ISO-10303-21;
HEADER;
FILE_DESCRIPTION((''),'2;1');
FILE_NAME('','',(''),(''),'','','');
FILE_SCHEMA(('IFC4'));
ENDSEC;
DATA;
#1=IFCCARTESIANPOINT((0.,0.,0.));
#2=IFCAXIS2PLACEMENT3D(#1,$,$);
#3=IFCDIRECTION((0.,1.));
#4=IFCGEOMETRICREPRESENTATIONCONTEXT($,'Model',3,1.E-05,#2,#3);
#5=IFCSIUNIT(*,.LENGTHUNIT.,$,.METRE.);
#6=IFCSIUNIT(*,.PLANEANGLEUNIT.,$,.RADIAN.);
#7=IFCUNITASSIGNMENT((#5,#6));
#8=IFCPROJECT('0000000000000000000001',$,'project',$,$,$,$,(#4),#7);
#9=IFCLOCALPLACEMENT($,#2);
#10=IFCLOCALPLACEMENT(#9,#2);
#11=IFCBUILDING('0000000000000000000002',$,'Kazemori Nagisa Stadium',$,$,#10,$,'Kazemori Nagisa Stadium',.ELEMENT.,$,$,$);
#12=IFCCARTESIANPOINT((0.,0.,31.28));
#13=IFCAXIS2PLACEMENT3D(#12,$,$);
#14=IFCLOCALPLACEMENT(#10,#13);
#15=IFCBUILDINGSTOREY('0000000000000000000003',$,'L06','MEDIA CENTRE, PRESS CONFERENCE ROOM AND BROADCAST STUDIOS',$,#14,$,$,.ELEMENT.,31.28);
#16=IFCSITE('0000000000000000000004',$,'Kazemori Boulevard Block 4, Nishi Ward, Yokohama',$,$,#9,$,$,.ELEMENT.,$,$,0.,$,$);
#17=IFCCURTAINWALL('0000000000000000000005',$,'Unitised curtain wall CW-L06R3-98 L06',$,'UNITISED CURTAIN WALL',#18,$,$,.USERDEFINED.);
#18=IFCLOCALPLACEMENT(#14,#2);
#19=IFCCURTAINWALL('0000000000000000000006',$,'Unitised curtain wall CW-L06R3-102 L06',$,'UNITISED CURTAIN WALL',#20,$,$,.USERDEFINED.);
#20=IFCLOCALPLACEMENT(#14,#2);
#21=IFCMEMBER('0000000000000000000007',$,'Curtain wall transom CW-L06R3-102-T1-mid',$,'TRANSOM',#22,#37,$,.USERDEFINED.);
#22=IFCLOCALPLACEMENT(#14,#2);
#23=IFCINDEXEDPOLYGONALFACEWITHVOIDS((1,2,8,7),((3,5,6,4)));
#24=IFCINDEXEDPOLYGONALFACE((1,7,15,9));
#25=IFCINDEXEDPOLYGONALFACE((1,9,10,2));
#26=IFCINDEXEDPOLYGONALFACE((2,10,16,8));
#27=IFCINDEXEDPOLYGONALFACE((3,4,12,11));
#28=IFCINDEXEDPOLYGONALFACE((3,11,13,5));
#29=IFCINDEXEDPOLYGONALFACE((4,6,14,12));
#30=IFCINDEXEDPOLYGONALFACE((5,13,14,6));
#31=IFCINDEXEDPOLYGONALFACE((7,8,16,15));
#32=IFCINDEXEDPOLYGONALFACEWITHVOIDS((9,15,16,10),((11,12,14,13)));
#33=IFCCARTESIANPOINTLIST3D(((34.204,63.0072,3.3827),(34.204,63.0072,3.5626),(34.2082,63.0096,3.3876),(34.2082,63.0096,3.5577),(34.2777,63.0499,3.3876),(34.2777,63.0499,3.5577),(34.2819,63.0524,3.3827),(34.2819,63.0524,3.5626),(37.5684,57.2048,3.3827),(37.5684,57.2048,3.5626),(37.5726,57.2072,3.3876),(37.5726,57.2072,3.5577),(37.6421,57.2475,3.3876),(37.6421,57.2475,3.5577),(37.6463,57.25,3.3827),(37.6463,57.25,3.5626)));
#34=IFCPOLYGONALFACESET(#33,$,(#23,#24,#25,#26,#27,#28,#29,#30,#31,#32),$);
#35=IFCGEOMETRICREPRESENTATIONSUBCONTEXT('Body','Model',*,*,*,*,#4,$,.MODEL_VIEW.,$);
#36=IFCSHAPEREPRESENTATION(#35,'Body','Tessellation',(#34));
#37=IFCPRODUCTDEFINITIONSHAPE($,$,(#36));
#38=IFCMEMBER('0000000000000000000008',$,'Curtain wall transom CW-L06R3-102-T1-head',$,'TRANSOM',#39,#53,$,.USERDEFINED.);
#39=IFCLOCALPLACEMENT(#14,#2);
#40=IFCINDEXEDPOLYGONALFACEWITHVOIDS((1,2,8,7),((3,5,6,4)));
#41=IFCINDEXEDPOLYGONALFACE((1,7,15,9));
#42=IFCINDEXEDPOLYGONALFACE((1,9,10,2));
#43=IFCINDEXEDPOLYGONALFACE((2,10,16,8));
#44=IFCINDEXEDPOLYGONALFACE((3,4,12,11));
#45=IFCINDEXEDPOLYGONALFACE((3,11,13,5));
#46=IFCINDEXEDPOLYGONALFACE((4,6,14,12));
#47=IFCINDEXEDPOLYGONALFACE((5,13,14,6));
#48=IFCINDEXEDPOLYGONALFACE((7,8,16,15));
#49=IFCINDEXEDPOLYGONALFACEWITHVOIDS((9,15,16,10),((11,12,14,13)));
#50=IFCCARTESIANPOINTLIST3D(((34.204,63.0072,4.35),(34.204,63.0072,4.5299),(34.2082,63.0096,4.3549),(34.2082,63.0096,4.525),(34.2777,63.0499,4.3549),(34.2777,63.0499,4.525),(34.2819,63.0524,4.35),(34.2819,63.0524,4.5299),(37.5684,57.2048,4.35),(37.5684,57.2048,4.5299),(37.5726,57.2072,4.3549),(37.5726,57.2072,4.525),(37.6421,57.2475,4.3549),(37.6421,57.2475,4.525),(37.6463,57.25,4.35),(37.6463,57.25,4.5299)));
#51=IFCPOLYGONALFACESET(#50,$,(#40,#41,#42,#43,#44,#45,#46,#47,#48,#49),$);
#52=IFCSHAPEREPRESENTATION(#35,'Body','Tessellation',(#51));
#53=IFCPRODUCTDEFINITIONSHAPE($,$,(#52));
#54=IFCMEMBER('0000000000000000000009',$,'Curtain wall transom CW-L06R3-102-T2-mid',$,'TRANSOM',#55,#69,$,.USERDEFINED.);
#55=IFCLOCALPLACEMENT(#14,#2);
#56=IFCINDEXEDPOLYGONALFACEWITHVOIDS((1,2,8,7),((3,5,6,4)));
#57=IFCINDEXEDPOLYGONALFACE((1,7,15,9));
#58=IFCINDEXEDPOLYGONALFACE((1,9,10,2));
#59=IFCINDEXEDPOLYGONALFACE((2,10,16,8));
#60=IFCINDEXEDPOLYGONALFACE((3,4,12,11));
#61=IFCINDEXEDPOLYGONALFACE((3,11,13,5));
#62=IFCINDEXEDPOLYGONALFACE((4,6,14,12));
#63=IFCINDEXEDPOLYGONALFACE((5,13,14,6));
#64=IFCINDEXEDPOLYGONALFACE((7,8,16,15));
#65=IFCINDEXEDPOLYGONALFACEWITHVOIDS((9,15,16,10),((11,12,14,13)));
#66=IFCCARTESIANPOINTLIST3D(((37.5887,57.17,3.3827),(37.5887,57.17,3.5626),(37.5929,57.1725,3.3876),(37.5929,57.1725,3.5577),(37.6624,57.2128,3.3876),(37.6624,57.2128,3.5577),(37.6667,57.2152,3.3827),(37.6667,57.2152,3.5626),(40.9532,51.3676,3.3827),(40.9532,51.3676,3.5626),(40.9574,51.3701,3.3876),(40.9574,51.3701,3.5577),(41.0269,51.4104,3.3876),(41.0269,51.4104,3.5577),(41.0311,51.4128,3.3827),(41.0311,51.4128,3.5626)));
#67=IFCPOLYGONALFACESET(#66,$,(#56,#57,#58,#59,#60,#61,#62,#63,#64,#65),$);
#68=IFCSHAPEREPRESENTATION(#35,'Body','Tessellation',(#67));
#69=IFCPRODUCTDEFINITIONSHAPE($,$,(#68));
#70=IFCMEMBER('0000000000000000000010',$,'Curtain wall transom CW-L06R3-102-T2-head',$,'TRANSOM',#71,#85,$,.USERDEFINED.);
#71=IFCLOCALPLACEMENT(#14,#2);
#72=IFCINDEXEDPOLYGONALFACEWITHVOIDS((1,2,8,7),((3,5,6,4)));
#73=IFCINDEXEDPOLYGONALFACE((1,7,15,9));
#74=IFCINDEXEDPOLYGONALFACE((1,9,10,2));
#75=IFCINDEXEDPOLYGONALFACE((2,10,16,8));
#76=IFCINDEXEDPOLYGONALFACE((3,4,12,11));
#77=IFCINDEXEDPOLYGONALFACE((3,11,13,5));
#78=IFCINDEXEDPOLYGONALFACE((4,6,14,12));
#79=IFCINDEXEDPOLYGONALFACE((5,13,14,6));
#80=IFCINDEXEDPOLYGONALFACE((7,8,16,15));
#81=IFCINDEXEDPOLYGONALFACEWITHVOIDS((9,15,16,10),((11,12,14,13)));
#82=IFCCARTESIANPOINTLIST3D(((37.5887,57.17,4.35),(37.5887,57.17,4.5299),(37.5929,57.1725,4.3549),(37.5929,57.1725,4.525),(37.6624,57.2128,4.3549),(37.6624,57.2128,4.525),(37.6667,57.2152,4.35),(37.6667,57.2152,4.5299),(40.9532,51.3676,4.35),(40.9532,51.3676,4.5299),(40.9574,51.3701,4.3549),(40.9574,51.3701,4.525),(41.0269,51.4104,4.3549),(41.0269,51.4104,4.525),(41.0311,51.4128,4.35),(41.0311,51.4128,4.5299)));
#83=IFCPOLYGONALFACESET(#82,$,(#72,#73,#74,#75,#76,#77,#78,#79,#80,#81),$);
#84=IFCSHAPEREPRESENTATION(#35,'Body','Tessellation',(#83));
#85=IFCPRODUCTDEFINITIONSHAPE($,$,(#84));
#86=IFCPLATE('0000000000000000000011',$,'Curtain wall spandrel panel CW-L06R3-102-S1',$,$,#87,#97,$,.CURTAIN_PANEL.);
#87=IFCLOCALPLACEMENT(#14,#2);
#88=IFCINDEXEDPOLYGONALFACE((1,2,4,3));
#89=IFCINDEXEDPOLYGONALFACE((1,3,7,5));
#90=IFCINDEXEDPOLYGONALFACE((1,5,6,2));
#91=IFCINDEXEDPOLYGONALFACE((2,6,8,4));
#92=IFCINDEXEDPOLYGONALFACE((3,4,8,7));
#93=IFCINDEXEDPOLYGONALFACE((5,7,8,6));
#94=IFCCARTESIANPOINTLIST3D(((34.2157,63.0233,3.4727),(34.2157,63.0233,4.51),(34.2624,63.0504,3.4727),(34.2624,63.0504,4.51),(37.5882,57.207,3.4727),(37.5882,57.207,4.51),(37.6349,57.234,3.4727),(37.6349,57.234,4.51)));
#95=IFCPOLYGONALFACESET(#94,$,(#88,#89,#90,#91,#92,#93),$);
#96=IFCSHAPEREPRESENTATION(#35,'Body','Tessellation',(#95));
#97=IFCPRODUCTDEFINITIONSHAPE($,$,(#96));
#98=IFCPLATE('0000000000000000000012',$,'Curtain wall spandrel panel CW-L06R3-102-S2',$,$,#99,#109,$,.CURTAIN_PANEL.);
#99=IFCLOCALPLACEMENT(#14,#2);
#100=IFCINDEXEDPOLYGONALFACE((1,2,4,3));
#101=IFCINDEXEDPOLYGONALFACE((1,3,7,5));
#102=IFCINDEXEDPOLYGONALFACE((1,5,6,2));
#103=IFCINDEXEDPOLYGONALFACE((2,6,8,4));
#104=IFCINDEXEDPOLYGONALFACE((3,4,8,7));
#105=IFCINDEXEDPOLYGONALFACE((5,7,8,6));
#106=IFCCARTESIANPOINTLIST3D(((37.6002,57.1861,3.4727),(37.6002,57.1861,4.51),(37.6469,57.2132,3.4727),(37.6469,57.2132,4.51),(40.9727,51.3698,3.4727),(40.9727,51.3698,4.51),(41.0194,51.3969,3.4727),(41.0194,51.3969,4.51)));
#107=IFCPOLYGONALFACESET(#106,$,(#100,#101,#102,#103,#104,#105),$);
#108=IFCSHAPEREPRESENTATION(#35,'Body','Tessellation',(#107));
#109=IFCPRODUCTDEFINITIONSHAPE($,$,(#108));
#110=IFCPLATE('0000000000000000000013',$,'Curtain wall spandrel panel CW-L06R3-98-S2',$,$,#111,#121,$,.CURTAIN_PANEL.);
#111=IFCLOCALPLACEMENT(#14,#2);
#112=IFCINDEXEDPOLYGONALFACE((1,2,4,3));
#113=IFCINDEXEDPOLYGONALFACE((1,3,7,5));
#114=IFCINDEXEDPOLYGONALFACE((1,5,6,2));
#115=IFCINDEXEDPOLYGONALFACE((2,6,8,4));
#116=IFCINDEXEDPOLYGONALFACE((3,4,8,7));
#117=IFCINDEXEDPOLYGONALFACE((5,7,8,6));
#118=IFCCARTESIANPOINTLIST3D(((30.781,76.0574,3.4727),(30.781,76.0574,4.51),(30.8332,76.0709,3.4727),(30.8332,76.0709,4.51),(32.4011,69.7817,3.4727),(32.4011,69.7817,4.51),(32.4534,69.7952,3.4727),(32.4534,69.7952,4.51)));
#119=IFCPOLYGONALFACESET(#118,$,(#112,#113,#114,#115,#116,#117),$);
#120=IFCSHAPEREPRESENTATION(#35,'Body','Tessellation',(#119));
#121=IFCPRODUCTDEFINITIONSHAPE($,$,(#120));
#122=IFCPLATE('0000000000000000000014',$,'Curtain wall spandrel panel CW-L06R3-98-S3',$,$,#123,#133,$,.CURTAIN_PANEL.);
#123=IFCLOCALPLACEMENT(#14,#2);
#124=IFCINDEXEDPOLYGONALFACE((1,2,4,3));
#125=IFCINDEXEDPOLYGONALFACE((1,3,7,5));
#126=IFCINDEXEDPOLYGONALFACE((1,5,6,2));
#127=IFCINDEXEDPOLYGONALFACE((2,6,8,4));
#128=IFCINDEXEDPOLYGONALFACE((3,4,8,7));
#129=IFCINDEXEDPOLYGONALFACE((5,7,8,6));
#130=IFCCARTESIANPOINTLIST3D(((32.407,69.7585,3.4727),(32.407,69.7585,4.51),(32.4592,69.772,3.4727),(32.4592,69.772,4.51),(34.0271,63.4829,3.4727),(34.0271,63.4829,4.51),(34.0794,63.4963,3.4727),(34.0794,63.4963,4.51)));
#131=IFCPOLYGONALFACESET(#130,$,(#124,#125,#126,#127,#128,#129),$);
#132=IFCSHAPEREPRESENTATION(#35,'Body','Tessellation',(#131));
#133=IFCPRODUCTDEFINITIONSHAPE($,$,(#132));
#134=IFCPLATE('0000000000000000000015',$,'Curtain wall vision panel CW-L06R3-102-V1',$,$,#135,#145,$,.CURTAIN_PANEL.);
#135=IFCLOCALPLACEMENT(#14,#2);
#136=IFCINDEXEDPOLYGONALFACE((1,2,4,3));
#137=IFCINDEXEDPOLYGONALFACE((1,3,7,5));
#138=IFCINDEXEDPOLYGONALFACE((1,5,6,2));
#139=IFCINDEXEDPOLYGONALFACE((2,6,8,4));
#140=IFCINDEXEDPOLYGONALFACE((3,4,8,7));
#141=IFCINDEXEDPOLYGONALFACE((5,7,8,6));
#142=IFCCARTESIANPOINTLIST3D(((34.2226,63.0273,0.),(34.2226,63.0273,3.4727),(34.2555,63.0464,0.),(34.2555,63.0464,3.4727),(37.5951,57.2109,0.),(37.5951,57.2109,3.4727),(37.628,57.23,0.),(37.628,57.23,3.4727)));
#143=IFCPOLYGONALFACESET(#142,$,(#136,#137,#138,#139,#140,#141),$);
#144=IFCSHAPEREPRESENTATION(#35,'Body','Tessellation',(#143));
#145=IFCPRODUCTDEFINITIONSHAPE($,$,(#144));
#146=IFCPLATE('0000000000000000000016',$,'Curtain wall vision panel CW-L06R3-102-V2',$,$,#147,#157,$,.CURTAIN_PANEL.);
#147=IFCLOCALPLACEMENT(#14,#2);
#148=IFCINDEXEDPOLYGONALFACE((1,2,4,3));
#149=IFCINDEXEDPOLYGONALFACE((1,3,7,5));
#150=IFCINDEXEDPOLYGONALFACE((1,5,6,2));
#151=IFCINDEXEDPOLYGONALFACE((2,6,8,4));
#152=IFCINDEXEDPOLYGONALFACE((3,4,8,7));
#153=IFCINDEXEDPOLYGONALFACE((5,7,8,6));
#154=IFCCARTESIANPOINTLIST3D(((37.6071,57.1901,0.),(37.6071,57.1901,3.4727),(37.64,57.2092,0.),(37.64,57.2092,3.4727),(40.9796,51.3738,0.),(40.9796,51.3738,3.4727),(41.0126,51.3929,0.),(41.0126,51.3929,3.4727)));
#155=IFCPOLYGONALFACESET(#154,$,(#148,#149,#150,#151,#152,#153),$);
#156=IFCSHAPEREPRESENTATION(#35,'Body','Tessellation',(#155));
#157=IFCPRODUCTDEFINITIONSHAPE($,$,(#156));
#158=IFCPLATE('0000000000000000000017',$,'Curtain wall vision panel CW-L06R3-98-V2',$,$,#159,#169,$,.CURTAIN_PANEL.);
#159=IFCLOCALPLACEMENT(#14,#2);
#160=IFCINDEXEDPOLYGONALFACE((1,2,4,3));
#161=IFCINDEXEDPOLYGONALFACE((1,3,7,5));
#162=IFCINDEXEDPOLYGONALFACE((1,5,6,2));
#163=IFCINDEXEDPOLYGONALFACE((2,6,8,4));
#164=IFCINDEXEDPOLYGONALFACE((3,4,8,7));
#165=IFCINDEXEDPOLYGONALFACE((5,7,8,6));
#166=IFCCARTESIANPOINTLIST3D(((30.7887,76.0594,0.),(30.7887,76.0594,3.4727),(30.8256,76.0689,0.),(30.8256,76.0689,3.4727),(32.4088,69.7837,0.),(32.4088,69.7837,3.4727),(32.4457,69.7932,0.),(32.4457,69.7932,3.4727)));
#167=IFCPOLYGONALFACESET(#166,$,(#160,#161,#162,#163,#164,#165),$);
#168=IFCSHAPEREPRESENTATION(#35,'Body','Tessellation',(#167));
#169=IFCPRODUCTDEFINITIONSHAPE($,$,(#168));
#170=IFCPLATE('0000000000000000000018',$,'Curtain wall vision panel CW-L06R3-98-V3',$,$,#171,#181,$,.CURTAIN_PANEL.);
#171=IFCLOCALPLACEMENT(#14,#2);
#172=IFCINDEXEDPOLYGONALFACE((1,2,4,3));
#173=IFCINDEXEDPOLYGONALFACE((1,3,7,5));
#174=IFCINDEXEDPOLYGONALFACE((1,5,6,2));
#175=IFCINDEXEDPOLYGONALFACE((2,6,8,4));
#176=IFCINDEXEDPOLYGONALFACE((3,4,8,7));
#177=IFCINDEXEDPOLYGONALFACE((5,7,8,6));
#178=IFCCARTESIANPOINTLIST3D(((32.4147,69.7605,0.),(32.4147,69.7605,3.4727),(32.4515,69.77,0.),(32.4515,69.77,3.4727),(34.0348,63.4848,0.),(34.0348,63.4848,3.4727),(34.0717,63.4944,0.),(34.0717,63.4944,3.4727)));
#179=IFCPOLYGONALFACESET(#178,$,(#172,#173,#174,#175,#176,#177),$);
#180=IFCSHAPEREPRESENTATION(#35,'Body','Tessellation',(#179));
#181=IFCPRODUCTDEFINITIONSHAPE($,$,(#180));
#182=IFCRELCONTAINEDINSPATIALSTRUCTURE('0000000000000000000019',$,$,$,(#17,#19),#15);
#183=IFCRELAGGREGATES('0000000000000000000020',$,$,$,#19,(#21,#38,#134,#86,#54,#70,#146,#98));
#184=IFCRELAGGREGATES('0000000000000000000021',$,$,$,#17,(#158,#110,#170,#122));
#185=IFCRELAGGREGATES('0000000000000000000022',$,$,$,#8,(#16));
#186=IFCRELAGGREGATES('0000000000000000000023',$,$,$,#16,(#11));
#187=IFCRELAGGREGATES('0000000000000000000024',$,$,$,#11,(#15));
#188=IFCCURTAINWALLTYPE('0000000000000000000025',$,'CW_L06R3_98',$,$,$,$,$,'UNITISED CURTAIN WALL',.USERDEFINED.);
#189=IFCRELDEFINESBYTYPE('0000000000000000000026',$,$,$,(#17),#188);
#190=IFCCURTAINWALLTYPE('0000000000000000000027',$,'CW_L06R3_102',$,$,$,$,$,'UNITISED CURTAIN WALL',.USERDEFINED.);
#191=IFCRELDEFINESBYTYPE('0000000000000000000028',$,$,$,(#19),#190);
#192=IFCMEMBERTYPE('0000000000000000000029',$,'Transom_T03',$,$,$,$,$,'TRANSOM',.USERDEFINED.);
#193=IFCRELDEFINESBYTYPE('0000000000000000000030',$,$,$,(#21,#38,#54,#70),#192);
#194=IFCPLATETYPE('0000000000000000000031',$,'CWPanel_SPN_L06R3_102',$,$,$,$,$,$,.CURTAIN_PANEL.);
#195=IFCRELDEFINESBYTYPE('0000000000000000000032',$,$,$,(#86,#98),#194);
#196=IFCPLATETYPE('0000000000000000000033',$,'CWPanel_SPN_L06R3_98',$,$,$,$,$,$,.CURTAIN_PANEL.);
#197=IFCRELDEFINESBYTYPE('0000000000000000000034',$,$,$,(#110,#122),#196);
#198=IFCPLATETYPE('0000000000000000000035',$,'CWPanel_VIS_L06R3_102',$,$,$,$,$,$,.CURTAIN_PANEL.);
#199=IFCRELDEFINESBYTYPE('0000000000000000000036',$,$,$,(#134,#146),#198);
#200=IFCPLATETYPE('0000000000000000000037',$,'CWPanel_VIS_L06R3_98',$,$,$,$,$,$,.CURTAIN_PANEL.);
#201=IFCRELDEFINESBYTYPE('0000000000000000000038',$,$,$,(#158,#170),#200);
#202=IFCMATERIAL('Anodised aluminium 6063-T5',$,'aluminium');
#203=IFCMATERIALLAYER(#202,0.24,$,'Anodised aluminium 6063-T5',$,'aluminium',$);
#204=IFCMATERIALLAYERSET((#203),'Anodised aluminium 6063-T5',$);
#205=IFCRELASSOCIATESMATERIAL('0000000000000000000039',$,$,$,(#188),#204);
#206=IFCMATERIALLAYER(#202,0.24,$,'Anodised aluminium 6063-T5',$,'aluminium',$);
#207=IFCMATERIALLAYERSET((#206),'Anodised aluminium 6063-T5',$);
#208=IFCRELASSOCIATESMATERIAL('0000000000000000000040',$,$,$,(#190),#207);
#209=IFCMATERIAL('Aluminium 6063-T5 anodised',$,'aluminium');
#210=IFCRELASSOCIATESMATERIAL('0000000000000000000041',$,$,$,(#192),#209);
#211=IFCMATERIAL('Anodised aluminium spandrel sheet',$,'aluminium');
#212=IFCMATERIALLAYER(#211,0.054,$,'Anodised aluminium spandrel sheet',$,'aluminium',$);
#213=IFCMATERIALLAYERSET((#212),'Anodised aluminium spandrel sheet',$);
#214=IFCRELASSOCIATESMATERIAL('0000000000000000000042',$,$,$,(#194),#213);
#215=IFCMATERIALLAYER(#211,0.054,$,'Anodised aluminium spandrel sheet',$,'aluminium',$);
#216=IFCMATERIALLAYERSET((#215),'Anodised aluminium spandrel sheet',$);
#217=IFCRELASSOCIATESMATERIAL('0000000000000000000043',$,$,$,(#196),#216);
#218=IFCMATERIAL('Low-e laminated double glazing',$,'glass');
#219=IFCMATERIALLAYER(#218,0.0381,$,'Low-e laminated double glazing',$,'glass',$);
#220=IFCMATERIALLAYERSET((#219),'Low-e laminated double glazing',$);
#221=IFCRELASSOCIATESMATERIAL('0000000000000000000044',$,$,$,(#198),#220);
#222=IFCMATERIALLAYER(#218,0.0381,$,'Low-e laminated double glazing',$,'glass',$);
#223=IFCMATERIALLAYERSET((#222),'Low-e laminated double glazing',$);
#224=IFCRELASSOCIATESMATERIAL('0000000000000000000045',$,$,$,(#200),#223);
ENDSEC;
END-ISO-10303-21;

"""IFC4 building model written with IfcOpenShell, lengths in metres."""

from ifc_helpers import new_model, si_unit, direction, frame, origin, origin_2d, place, context, subcontext, project, spatial, rectangle, hollow_rectangle, extrude, material, layer, layer_set, material_profile, profile_set, type_object, element, aggregate, save


model = new_model("IFC4")

# Units and contexts
model_context = context("Model", 3, precision=1e-05, world=origin(), true_north=direction((0.0, 1.0)))
body_context = subcontext(model_context, "Body", "Model", "MODEL_VIEW")
ifc_project = project(units=[si_unit("LENGTHUNIT", "METRE"), si_unit("PLANEANGLEUNIT", "RADIAN")], contexts=[model_context])

# Site, building, storey
site_placement = place(None, origin())
site = spatial("IfcSite", under=ifc_project, at=site_placement, Name="Kazemori Boulevard Block 4, Nishi Ward, Yokohama", CompositionType="ELEMENT", RefElevation=0.0)
building_placement = place(site_placement, origin())
building = spatial("IfcBuilding", under=site, at=building_placement, Name="Kazemori Nagisa Stadium", LongName="Kazemori Nagisa Stadium", CompositionType="ELEMENT")
storey_placement = place(building_placement, frame((0.0, 0.0, 31.28)))
storey = spatial("IfcBuildingStorey", under=building, at=storey_placement, Name="L06", Description="MEDIA CENTRE, PRESS CONFERENCE ROOM AND BROADCAST STUDIOS", CompositionType="ELEMENT", Elevation=31.28)

# Curtain walls
ifc_material_1 = material(Name="Anodised aluminium 6063-T5", Category="aluminium")
ifc_layer_1 = layer(ifc_material_1, 0.24, Name="Anodised aluminium 6063-T5", Category="aluminium")
ifc_layer_set_1 = layer_set([ifc_layer_1], Name="Anodised aluminium 6063-T5")
curtain_wall_type_1 = type_object("IfcCurtainWallType", Name="CW_L06R3_98", ElementType="UNITISED CURTAIN WALL", PredefinedType="USERDEFINED", material=ifc_layer_set_1)
curtain_wall_1_placement = place(storey_placement, origin())
curtain_wall_1 = element("IfcCurtainWall", 1, at=curtain_wall_1_placement, inside=storey, type_object=curtain_wall_type_1, Name="Unitised curtain wall CW-L06R3-98 L06", ObjectType="UNITISED CURTAIN WALL", PredefinedType="USERDEFINED")
ifc_material_2 = material(Name="Aluminium 6063-T5 anodised", Category="aluminium")
ifc_layer_2 = layer(ifc_material_1, 0.24, Name="Anodised aluminium 6063-T5", Category="aluminium")
ifc_layer_set_2 = layer_set([ifc_layer_2], Name="Anodised aluminium 6063-T5")
curtain_wall_type_2 = type_object("IfcCurtainWallType", Name="CW_L06R3_102", ElementType="UNITISED CURTAIN WALL", PredefinedType="USERDEFINED", material=ifc_layer_set_2)
curtain_wall_2_placement = place(storey_placement, origin())
curtain_wall_2 = element("IfcCurtainWall", 2, at=curtain_wall_2_placement, inside=storey, type_object=curtain_wall_type_2, Name="Unitised curtain wall CW-L06R3-102 L06", ObjectType="UNITISED CURTAIN WALL", PredefinedType="USERDEFINED")

# Members
ifc_material_profile_1 = material_profile(ifc_material_2, hollow_rectangle(XDim=0.0901, YDim=0.1799, WallThickness=0.0049, at=origin_2d()), Name="ALU-TRAN-90x180x5")
ifc_profile_set_1 = profile_set([ifc_material_profile_1], Name="Aluminium 6063-T5 anodised")
member_type_1 = type_object("IfcMemberType", Name="Transom_T03", ElementType="TRANSOM", PredefinedType="USERDEFINED", material=ifc_profile_set_1)
member_1_placement = place(storey_placement, frame((34.2429, 63.0298, 3.4727), z_axis=(0.501613, -0.865092, 0.0), x_axis=(0.865092, 0.501613, 0.0)))
member_1 = element("IfcMember", 3, at=member_1_placement, type_object=member_type_1, Name="Curtain wall transom CW-L06R3-102-T1-mid", ObjectType="TRANSOM", PredefinedType="USERDEFINED", context=body_context, shape_type="SweptSolid", body=[
    extrude(hollow_rectangle(XDim=0.0901, YDim=0.1799, WallThickness=0.0049, at=origin_2d()), origin(), (0.0, 0.0, 1.0), 6.7073),
])
member_2_placement = place(storey_placement, frame((34.2429, 63.0298, 4.4399), z_axis=(0.501613, -0.865092, 0.0), x_axis=(0.865092, 0.501613, 0.0)))
member_2 = element("IfcMember", 4, at=member_2_placement, type_object=member_type_1, Name="Curtain wall transom CW-L06R3-102-T1-head", ObjectType="TRANSOM", PredefinedType="USERDEFINED", context=body_context, shape_type="SweptSolid", body=[
    extrude(hollow_rectangle(XDim=0.0901, YDim=0.1799, WallThickness=0.0049, at=origin_2d()), origin(), (0.0, 0.0, 1.0), 6.7073),
])
member_3_placement = place(storey_placement, frame((37.6277, 57.1926, 3.4727), z_axis=(0.501613, -0.865092, 0.0), x_axis=(0.865092, 0.501613, 0.0)))
member_3 = element("IfcMember", 5, at=member_3_placement, type_object=member_type_1, Name="Curtain wall transom CW-L06R3-102-T2-mid", ObjectType="TRANSOM", PredefinedType="USERDEFINED", context=body_context, shape_type="SweptSolid", body=[
    extrude(hollow_rectangle(XDim=0.0901, YDim=0.1799, WallThickness=0.0049, at=origin_2d()), origin(), (0.0, 0.0, 1.0), 6.7073),
])
member_4_placement = place(storey_placement, frame((37.6277, 57.1926, 4.4399), z_axis=(0.501613, -0.865092, 0.0), x_axis=(0.865092, 0.501613, 0.0)))
member_4 = element("IfcMember", 6, at=member_4_placement, type_object=member_type_1, Name="Curtain wall transom CW-L06R3-102-T2-head", ObjectType="TRANSOM", PredefinedType="USERDEFINED", context=body_context, shape_type="SweptSolid", body=[
    extrude(hollow_rectangle(XDim=0.0901, YDim=0.1799, WallThickness=0.0049, at=origin_2d()), origin(), (0.0, 0.0, 1.0), 6.7073),
])

# Plates
ifc_material_3 = material(Name="Anodised aluminium spandrel sheet", Category="aluminium")
ifc_layer_3 = layer(ifc_material_3, 0.054, Name="Anodised aluminium spandrel sheet", Category="aluminium")
ifc_layer_set_3 = layer_set([ifc_layer_3], Name="Anodised aluminium spandrel sheet")
plate_type_1 = type_object("IfcPlateType", Name="CWPanel_SPN_L06R3_102", PredefinedType="CURTAIN_PANEL", material=ifc_layer_set_3)
plate_1_placement = place(storey_placement, frame((35.9253, 60.1287, 3.4727), z_axis=(0.0, 0.0, 1.0), x_axis=(0.501612, -0.865093, 0.0)))
plate_1 = element("IfcPlate", 7, at=plate_1_placement, type_object=plate_type_1, Name="Curtain wall spandrel panel CW-L06R3-102-S1", PredefinedType="CURTAIN_PANEL", context=body_context, shape_type="SweptSolid", body=[
    extrude(rectangle(XDim=6.7234, YDim=0.054, at=origin_2d()), origin(), (0.0, 0.0, 1.0), 1.0374),
])
plate_2_placement = place(storey_placement, frame((39.3098, 54.2915, 3.4727), z_axis=(0.0, 0.0, 1.0), x_axis=(0.501612, -0.865093, 0.0)))
plate_2 = element("IfcPlate", 8, at=plate_2_placement, type_object=plate_type_1, Name="Curtain wall spandrel panel CW-L06R3-102-S2", PredefinedType="CURTAIN_PANEL", context=body_context, shape_type="SweptSolid", body=[
    extrude(rectangle(XDim=6.7234, YDim=0.054, at=origin_2d()), origin(), (0.0, 0.0, 1.0), 1.0374),
])
ifc_layer_4 = layer(ifc_material_3, 0.054, Name="Anodised aluminium spandrel sheet", Category="aluminium")
ifc_layer_set_4 = layer_set([ifc_layer_4], Name="Anodised aluminium spandrel sheet")
plate_type_2 = type_object("IfcPlateType", Name="CWPanel_SPN_L06R3_98", PredefinedType="CURTAIN_PANEL", material=ifc_layer_set_4)
plate_3_placement = place(storey_placement, frame((31.6172, 72.9263, 3.4727), z_axis=(0.0, 0.0, 1.0), x_axis=(0.249965, -0.968255, 0.0)))
plate_3 = element("IfcPlate", 9, at=plate_3_placement, type_object=plate_type_2, Name="Curtain wall spandrel panel CW-L06R3-98-S2", PredefinedType="CURTAIN_PANEL", context=body_context, shape_type="SweptSolid", body=[
    extrude(rectangle(XDim=6.4814, YDim=0.054, at=origin_2d()), origin(), (0.0, 0.0, 1.0), 1.0374),
])
plate_4_placement = place(storey_placement, frame((33.2432, 66.6274, 3.4727), z_axis=(0.0, 0.0, 1.0), x_axis=(0.249965, -0.968255, 0.0)))
plate_4 = element("IfcPlate", 10, at=plate_4_placement, type_object=plate_type_2, Name="Curtain wall spandrel panel CW-L06R3-98-S3", PredefinedType="CURTAIN_PANEL", context=body_context, shape_type="SweptSolid", body=[
    extrude(rectangle(XDim=6.4814, YDim=0.054, at=origin_2d()), origin(), (0.0, 0.0, 1.0), 1.0374),
])
ifc_material_4 = material(Name="Low-e laminated double glazing", Category="glass")
ifc_layer_5 = layer(ifc_material_4, 0.0381, Name="Low-e laminated double glazing", Category="glass")
ifc_layer_set_5 = layer_set([ifc_layer_5], Name="Low-e laminated double glazing")
plate_type_3 = type_object("IfcPlateType", Name="CWPanel_VIS_L06R3_102", PredefinedType="CURTAIN_PANEL", material=ifc_layer_set_5)
plate_5_placement = place(storey_placement, frame((35.9253, 60.1287, 0.0), z_axis=(0.0, 0.0, 1.0), x_axis=(0.501612, -0.865093, 0.0)))
plate_5 = element("IfcPlate", 11, at=plate_5_placement, type_object=plate_type_3, Name="Curtain wall vision panel CW-L06R3-102-V1", PredefinedType="CURTAIN_PANEL", context=body_context, shape_type="SweptSolid", body=[
    extrude(rectangle(XDim=6.7234, YDim=0.0381, at=origin_2d()), origin(), (0.0, 0.0, 1.0), 3.4727),
])
plate_6_placement = place(storey_placement, frame((39.3098, 54.2915, 0.0), z_axis=(0.0, 0.0, 1.0), x_axis=(0.501612, -0.865093, 0.0)))
plate_6 = element("IfcPlate", 12, at=plate_6_placement, type_object=plate_type_3, Name="Curtain wall vision panel CW-L06R3-102-V2", PredefinedType="CURTAIN_PANEL", context=body_context, shape_type="SweptSolid", body=[
    extrude(rectangle(XDim=6.7234, YDim=0.0381, at=origin_2d()), origin(), (0.0, 0.0, 1.0), 3.4727),
])
aggregate(curtain_wall_2, [member_1, member_2, plate_5, plate_1, member_3, member_4, plate_6, plate_2])
ifc_layer_6 = layer(ifc_material_4, 0.0381, Name="Low-e laminated double glazing", Category="glass")
ifc_layer_set_6 = layer_set([ifc_layer_6], Name="Low-e laminated double glazing")
plate_type_4 = type_object("IfcPlateType", Name="CWPanel_VIS_L06R3_98", PredefinedType="CURTAIN_PANEL", material=ifc_layer_set_6)
plate_7_placement = place(storey_placement, frame((31.6172, 72.9263, 0.0), z_axis=(0.0, 0.0, 1.0), x_axis=(0.249965, -0.968255, 0.0)))
plate_7 = element("IfcPlate", 13, at=plate_7_placement, type_object=plate_type_4, Name="Curtain wall vision panel CW-L06R3-98-V2", PredefinedType="CURTAIN_PANEL", context=body_context, shape_type="SweptSolid", body=[
    extrude(rectangle(XDim=6.4814, YDim=0.0381, at=origin_2d()), origin(), (0.0, 0.0, 1.0), 3.4727),
])
plate_8_placement = place(storey_placement, frame((33.2432, 66.6274, 0.0), z_axis=(0.0, 0.0, 1.0), x_axis=(0.249965, -0.968255, 0.0)))
plate_8 = element("IfcPlate", 14, at=plate_8_placement, type_object=plate_type_4, Name="Curtain wall vision panel CW-L06R3-98-V3", PredefinedType="CURTAIN_PANEL", context=body_context, shape_type="SweptSolid", body=[
    extrude(rectangle(XDim=6.4814, YDim=0.0381, at=origin_2d()), origin(), (0.0, 0.0, 1.0), 3.4727),
])
aggregate(curtain_wall_1, [plate_7, plate_3, plate_8, plate_4])

save(model, "model.ifc")
